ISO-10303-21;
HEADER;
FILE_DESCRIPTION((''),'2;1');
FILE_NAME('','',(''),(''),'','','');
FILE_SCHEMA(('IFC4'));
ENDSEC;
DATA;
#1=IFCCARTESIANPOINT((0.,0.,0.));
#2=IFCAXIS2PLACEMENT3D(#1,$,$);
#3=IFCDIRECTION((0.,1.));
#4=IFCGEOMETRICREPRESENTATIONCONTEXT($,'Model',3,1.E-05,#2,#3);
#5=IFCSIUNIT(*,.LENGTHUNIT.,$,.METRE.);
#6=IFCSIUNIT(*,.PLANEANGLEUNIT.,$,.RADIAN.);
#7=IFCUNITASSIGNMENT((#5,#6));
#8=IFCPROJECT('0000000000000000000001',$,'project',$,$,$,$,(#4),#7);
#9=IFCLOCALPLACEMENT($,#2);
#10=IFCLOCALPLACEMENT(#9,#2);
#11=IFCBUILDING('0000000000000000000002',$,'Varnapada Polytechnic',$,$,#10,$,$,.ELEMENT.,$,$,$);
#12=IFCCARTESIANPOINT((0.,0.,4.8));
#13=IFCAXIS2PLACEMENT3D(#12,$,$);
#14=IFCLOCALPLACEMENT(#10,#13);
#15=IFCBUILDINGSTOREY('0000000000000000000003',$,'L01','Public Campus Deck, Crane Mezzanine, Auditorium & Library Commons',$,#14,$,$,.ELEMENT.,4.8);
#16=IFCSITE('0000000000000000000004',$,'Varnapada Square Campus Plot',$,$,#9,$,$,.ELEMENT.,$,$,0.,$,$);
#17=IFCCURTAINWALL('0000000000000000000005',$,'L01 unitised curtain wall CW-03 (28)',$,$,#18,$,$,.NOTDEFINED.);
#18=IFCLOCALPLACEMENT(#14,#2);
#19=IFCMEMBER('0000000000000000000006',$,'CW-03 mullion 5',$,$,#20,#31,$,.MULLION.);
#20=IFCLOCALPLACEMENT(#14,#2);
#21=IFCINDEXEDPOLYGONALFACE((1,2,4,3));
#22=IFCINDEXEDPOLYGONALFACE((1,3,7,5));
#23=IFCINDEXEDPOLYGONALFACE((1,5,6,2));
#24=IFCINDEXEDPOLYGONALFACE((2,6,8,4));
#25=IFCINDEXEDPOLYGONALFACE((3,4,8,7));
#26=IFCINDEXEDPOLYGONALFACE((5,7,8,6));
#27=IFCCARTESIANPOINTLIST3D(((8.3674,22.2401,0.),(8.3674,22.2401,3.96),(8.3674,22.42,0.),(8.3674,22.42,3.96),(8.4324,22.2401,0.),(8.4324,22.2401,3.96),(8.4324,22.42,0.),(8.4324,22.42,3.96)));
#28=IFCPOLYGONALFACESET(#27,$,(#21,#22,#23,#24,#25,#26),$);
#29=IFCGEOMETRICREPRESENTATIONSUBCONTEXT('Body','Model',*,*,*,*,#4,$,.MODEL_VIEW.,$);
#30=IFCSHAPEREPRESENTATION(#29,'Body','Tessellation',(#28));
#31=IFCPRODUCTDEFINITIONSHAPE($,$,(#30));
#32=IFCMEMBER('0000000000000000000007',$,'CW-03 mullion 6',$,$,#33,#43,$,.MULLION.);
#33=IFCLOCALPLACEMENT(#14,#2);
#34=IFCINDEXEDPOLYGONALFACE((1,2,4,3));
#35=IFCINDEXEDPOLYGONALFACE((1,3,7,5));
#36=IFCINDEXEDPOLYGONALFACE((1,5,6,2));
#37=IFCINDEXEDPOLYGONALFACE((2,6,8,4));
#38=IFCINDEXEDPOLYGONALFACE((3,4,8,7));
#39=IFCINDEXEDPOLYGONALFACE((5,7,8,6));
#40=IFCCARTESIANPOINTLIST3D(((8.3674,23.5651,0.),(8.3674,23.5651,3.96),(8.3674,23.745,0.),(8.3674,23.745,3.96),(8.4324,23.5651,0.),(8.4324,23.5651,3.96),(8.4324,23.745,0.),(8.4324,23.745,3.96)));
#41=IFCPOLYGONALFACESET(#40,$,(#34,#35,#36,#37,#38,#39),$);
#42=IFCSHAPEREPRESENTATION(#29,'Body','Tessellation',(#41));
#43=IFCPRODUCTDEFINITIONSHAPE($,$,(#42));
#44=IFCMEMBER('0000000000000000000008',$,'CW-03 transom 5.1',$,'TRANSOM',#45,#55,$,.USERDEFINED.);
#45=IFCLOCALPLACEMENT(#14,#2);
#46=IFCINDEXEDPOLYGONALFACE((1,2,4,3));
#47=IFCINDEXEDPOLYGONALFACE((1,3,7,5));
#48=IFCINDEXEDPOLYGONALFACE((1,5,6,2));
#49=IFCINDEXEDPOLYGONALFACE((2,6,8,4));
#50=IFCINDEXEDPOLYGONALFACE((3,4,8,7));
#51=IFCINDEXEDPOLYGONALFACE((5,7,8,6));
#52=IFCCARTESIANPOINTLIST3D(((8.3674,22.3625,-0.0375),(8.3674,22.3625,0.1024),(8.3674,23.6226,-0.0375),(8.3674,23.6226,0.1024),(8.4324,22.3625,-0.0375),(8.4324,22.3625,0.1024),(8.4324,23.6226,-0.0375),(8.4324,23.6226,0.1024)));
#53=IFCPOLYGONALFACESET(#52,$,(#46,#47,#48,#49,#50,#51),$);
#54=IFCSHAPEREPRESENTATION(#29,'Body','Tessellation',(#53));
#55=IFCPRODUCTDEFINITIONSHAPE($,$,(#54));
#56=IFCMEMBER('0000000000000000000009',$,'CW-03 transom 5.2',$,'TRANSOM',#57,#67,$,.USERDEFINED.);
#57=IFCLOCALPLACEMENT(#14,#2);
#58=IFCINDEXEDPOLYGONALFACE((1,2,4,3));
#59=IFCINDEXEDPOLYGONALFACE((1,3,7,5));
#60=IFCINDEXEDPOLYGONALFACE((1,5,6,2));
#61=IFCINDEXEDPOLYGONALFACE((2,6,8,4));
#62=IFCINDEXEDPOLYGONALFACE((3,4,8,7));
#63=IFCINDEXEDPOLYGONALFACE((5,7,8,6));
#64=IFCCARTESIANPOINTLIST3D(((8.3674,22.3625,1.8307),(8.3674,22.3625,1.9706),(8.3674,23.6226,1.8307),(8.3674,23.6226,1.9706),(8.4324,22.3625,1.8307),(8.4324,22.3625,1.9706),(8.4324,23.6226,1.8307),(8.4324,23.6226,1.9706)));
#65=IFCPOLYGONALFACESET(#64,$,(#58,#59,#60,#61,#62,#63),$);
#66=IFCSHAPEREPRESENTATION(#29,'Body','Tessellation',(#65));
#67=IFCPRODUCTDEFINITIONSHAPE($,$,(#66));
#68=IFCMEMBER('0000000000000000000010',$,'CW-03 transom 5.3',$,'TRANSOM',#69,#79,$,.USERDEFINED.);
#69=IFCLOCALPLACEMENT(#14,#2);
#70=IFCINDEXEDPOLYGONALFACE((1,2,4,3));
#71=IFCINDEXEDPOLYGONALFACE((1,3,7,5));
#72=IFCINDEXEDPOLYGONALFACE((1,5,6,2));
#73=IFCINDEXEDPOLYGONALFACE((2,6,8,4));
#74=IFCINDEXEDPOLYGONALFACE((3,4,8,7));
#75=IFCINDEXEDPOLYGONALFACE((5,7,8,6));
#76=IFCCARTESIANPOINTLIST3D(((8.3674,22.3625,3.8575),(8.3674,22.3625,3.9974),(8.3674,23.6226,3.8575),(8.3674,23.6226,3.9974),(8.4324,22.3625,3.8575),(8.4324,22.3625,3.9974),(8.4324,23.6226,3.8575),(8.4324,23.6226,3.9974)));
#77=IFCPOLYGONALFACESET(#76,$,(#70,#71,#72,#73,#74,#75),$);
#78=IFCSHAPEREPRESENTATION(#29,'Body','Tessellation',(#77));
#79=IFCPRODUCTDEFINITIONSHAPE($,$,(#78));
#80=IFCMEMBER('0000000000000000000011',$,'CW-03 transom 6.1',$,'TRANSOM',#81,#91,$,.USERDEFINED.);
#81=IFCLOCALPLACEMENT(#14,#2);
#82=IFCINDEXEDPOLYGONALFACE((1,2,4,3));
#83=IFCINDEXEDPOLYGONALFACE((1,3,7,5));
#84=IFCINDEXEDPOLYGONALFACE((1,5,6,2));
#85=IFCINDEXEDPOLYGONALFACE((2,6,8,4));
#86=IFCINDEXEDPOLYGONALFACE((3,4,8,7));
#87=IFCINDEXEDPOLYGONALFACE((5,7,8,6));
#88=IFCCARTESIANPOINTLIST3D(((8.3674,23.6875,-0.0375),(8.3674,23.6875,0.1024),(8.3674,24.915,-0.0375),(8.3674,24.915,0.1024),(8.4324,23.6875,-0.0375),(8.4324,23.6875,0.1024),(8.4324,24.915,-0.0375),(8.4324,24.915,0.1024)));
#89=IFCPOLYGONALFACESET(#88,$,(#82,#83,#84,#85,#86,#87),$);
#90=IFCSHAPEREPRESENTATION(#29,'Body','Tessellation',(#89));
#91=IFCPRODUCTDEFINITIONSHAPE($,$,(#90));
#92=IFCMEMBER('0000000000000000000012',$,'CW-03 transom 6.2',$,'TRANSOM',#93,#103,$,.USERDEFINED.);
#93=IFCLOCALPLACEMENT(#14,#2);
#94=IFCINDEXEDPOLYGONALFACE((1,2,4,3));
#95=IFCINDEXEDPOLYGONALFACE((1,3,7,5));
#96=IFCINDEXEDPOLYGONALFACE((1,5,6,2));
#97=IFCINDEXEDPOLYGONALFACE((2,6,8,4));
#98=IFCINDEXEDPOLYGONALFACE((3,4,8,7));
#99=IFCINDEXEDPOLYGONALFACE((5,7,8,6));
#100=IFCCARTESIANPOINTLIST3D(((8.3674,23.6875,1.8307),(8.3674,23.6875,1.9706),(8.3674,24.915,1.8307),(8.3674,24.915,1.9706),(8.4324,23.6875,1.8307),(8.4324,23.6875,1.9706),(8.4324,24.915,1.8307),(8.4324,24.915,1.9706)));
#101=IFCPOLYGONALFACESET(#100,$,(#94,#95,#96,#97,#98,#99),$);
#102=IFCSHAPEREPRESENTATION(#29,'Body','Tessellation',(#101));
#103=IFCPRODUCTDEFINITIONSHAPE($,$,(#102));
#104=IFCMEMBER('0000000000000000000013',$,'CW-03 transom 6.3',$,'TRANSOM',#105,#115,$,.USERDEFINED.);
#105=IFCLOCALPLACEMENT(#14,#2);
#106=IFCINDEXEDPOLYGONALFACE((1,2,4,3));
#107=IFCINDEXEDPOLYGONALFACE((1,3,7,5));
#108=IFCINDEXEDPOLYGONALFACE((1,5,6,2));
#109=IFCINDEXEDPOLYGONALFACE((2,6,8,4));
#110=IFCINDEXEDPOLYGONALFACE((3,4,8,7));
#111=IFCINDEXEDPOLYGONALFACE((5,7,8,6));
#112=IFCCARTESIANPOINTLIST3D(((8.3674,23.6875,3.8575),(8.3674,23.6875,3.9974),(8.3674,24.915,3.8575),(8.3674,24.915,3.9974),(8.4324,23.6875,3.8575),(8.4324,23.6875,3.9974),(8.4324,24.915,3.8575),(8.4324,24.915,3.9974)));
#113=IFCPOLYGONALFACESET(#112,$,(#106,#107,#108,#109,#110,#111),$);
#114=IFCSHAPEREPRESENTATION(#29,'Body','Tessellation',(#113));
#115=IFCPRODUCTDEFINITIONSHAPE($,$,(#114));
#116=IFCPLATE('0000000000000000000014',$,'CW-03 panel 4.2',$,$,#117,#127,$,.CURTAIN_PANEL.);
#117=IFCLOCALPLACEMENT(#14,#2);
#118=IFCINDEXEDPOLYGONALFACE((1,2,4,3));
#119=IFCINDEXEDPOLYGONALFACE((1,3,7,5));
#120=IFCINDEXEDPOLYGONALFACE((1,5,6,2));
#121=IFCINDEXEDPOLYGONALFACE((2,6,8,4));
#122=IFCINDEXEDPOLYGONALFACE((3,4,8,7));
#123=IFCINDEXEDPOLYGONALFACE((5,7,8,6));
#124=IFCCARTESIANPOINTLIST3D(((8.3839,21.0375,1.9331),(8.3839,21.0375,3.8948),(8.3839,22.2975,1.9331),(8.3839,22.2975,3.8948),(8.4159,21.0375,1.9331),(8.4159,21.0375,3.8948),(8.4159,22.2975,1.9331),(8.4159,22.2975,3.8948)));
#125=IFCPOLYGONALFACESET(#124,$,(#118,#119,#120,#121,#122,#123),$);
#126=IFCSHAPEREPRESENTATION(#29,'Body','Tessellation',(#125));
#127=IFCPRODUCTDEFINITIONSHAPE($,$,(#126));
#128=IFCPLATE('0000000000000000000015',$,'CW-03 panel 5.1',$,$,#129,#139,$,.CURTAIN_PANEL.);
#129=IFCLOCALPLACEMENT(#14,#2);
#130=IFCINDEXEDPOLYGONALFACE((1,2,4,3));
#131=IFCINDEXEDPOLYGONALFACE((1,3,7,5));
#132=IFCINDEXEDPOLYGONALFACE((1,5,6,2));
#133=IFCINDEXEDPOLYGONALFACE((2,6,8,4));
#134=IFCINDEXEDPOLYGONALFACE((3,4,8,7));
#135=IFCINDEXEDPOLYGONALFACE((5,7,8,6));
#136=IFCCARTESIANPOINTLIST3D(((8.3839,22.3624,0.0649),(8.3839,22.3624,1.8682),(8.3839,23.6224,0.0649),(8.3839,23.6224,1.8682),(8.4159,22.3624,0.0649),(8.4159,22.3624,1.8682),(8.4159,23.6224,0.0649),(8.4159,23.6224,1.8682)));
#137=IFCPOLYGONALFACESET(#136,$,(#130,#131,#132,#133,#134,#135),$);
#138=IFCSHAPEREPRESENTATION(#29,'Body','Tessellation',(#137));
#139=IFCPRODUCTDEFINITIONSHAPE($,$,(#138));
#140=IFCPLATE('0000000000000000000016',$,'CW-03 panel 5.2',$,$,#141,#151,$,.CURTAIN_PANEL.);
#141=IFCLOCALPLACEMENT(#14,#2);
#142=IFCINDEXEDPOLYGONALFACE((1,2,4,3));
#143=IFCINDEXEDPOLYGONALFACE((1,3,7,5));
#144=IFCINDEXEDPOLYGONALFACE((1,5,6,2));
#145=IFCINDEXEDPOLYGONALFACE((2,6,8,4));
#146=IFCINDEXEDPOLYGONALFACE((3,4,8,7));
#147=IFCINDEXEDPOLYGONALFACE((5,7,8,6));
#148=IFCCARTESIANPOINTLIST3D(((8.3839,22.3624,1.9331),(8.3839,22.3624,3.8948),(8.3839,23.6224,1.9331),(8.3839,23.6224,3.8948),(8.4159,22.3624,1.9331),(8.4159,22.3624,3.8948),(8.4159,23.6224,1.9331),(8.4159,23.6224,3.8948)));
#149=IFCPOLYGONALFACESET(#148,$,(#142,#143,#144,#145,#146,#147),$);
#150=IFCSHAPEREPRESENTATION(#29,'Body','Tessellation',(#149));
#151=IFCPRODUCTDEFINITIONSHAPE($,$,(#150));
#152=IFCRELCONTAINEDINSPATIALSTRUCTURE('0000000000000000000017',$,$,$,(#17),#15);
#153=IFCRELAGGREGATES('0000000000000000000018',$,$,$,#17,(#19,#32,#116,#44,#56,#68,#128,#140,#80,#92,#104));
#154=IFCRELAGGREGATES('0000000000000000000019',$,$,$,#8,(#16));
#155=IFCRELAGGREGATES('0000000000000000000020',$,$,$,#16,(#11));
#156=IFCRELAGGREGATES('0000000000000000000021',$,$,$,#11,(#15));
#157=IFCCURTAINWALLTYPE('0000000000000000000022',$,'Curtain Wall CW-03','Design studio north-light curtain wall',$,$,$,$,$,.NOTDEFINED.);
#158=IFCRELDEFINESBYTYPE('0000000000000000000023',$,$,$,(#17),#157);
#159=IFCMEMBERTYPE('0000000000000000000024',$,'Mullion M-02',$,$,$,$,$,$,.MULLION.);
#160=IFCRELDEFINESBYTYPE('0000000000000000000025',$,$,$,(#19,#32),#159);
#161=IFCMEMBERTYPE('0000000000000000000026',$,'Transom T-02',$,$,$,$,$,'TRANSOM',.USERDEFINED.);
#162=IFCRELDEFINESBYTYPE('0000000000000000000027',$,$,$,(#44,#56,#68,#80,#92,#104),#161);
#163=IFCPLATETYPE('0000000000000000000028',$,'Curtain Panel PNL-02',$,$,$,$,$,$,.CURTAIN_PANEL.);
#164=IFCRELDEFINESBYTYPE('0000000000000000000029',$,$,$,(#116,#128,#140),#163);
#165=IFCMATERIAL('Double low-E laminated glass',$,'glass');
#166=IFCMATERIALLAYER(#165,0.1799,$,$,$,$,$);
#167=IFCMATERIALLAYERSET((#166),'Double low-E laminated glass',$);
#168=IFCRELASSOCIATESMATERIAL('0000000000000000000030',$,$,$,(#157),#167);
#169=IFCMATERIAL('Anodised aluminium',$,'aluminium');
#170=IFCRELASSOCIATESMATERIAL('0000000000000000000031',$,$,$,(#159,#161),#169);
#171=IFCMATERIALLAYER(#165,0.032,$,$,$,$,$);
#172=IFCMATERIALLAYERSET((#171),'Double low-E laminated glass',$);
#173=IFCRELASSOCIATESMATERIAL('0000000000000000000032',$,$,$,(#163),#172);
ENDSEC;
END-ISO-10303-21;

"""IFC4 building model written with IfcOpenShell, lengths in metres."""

from ifc_helpers import new_model, si_unit, direction, frame, origin, origin_2d, place, context, subcontext, project, spatial, rectangle, extrude, material, layer, layer_set, material_profile, profile_set, type_object, element, aggregate, save


model = new_model("IFC4")

# Units and contexts
model_context = context("Model", 3, precision=1e-05, world=origin(), true_north=direction((0.0, 1.0)))
body_context = subcontext(model_context, "Body", "Model", "MODEL_VIEW")
ifc_project = project(units=[si_unit("LENGTHUNIT", "METRE"), si_unit("PLANEANGLEUNIT", "RADIAN")], contexts=[model_context])

# Site, building, storey
site_placement = place(None, origin())
site = spatial("IfcSite", under=ifc_project, at=site_placement, Name="Varnapada Square Campus Plot", CompositionType="ELEMENT", RefElevation=0.0)
building_placement = place(site_placement, origin())
building = spatial("IfcBuilding", under=site, at=building_placement, Name="Varnapada Polytechnic", CompositionType="ELEMENT")
storey_placement = place(building_placement, frame((0.0, 0.0, 4.8)))
storey = spatial("IfcBuildingStorey", under=building, at=storey_placement, Name="L01", Description="Public Campus Deck, Crane Mezzanine, Auditorium & Library Commons", CompositionType="ELEMENT", Elevation=4.8)

# Curtain wall, members, plates
ifc_material_1 = material(Name="Double low-E laminated glass", Category="glass")
ifc_layer_1 = layer(ifc_material_1, 0.1799)
ifc_layer_set_1 = layer_set([ifc_layer_1], Name="Double low-E laminated glass")
curtain_wall_type = type_object("IfcCurtainWallType", Name="Curtain Wall CW-03", Description="Design studio north-light curtain wall", PredefinedType="NOTDEFINED", material=ifc_layer_set_1)
curtain_wall_placement = place(storey_placement, origin())
curtain_wall = element("IfcCurtainWall", 1, at=curtain_wall_placement, inside=storey, type_object=curtain_wall_type, Name="L01 unitised curtain wall CW-03 (28)", PredefinedType="NOTDEFINED")
ifc_material_2 = material(Name="Anodised aluminium", Category="aluminium")
ifc_material_profile_1 = material_profile(ifc_material_2, rectangle(XDim=0.0649, YDim=0.1799, at=origin_2d()), Name="ALU M65x180")
ifc_profile_set_1 = profile_set([ifc_material_profile_1], Name="Anodised aluminium")
member_type_1 = type_object("IfcMemberType", Name="Mullion M-02", PredefinedType="MULLION", material=ifc_profile_set_1)
member_1_placement = place(storey_placement, frame((8.3999, 22.3301, 0.0), z_axis=(0.0, 0.0, 1.0), x_axis=(-1.0, 0.0, 0.0)))
member_1 = element("IfcMember", 2, at=member_1_placement, type_object=member_type_1, Name="CW-03 mullion 5", PredefinedType="MULLION", context=body_context, shape_type="SweptSolid", body=[
    extrude(rectangle(XDim=0.0649, YDim=0.1799, at=origin_2d()), origin(), (0.0, 0.0, 1.0), 3.96),
])
member_2_placement = place(storey_placement, frame((8.3999, 23.655, 0.0), z_axis=(0.0, 0.0, 1.0), x_axis=(-1.0, 0.0, 0.0)))
member_2 = element("IfcMember", 3, at=member_2_placement, type_object=member_type_1, Name="CW-03 mullion 6", PredefinedType="MULLION", context=body_context, shape_type="SweptSolid", body=[
    extrude(rectangle(XDim=0.0649, YDim=0.1799, at=origin_2d()), origin(), (0.0, 0.0, 1.0), 3.96),
])
ifc_material_profile_2 = material_profile(ifc_material_2, rectangle(XDim=0.0649, YDim=0.1399, at=origin_2d()), Name="ALU T65x140")
ifc_profile_set_2 = profile_set([ifc_material_profile_2], Name="Anodised aluminium")
member_type_2 = type_object("IfcMemberType", Name="Transom T-02", ElementType="TRANSOM", PredefinedType="USERDEFINED", material=ifc_profile_set_2)
member_3_placement = place(storey_placement, frame((8.3999, 22.3625, 0.0325), z_axis=(0.0, 1.0, 0.0), x_axis=(-1.0, 0.0, 0.0)))
member_3 = element("IfcMember", 4, at=member_3_placement, type_object=member_type_2, Name="CW-03 transom 5.1", ObjectType="TRANSOM", PredefinedType="USERDEFINED", context=body_context, shape_type="SweptSolid", body=[
    extrude(rectangle(XDim=0.0649, YDim=0.1399, at=origin_2d()), origin(), (0.0, 0.0, 1.0), 1.26),
])
member_4_placement = place(storey_placement, frame((8.3999, 22.3625, 1.9006), z_axis=(0.0, 1.0, 0.0), x_axis=(-1.0, 0.0, 0.0)))
member_4 = element("IfcMember", 5, at=member_4_placement, type_object=member_type_2, Name="CW-03 transom 5.2", ObjectType="TRANSOM", PredefinedType="USERDEFINED", context=body_context, shape_type="SweptSolid", body=[
    extrude(rectangle(XDim=0.0649, YDim=0.1399, at=origin_2d()), origin(), (0.0, 0.0, 1.0), 1.26),
])
member_5_placement = place(storey_placement, frame((8.3999, 22.3625, 3.9275), z_axis=(0.0, 1.0, 0.0), x_axis=(-1.0, 0.0, 0.0)))
member_5 = element("IfcMember", 6, at=member_5_placement, type_object=member_type_2, Name="CW-03 transom 5.3", ObjectType="TRANSOM", PredefinedType="USERDEFINED", context=body_context, shape_type="SweptSolid", body=[
    extrude(rectangle(XDim=0.0649, YDim=0.1399, at=origin_2d()), origin(), (0.0, 0.0, 1.0), 1.26),
])
member_6_placement = place(storey_placement, frame((8.3999, 23.6875, 0.0325), z_axis=(0.0, 1.0, 0.0), x_axis=(-1.0, 0.0, 0.0)))
member_6 = element("IfcMember", 7, at=member_6_placement, type_object=member_type_2, Name="CW-03 transom 6.1", ObjectType="TRANSOM", PredefinedType="USERDEFINED", context=body_context, shape_type="SweptSolid", body=[
    extrude(rectangle(XDim=0.0649, YDim=0.1399, at=origin_2d()), origin(), (0.0, 0.0, 1.0), 1.2275),
])
member_7_placement = place(storey_placement, frame((8.3999, 23.6875, 1.9006), z_axis=(0.0, 1.0, 0.0), x_axis=(-1.0, 0.0, 0.0)))
member_7 = element("IfcMember", 8, at=member_7_placement, type_object=member_type_2, Name="CW-03 transom 6.2", ObjectType="TRANSOM", PredefinedType="USERDEFINED", context=body_context, shape_type="SweptSolid", body=[
    extrude(rectangle(XDim=0.0649, YDim=0.1399, at=origin_2d()), origin(), (0.0, 0.0, 1.0), 1.2275),
])
member_8_placement = place(storey_placement, frame((8.3999, 23.6875, 3.9275), z_axis=(0.0, 1.0, 0.0), x_axis=(-1.0, 0.0, 0.0)))
member_8 = element("IfcMember", 9, at=member_8_placement, type_object=member_type_2, Name="CW-03 transom 6.3", ObjectType="TRANSOM", PredefinedType="USERDEFINED", context=body_context, shape_type="SweptSolid", body=[
    extrude(rectangle(XDim=0.0649, YDim=0.1399, at=origin_2d()), origin(), (0.0, 0.0, 1.0), 1.2275),
])
ifc_layer_2 = layer(ifc_material_1, 0.032)
ifc_layer_set_2 = layer_set([ifc_layer_2], Name="Double low-E laminated glass")
plate_type = type_object("IfcPlateType", Name="Curtain Panel PNL-02", PredefinedType="CURTAIN_PANEL", material=ifc_layer_set_2)
plate_1_placement = place(storey_placement, frame((8.3999, 21.6675, 1.9331), z_axis=(0.0, 0.0, 1.0), x_axis=(0.0, 1.0, 0.0)))
plate_1 = element("IfcPlate", 10, at=plate_1_placement, type_object=plate_type, Name="CW-03 panel 4.2", PredefinedType="CURTAIN_PANEL", context=body_context, shape_type="SweptSolid", body=[
    extrude(rectangle(XDim=1.26, YDim=0.032, at=origin_2d()), origin(), (0.0, 0.0, 1.0), 1.9617),
])
plate_2_placement = place(storey_placement, frame((8.3999, 22.9924, 0.0649), z_axis=(0.0, 0.0, 1.0), x_axis=(0.0, 1.0, 0.0)))
plate_2 = element("IfcPlate", 11, at=plate_2_placement, type_object=plate_type, Name="CW-03 panel 5.1", PredefinedType="CURTAIN_PANEL", context=body_context, shape_type="SweptSolid", body=[
    extrude(rectangle(XDim=1.26, YDim=0.032, at=origin_2d()), origin(), (0.0, 0.0, 1.0), 1.8032),
])
plate_3_placement = place(storey_placement, frame((8.3999, 22.9924, 1.9331), z_axis=(0.0, 0.0, 1.0), x_axis=(0.0, 1.0, 0.0)))
plate_3 = element("IfcPlate", 12, at=plate_3_placement, type_object=plate_type, Name="CW-03 panel 5.2", PredefinedType="CURTAIN_PANEL", context=body_context, shape_type="SweptSolid", body=[
    extrude(rectangle(XDim=1.26, YDim=0.032, at=origin_2d()), origin(), (0.0, 0.0, 1.0), 1.9617),
])
aggregate(curtain_wall, [member_1, member_2, plate_1, member_3, member_4, member_5, plate_2, plate_3, member_6, member_7, member_8])

save(model, "model.ifc")
